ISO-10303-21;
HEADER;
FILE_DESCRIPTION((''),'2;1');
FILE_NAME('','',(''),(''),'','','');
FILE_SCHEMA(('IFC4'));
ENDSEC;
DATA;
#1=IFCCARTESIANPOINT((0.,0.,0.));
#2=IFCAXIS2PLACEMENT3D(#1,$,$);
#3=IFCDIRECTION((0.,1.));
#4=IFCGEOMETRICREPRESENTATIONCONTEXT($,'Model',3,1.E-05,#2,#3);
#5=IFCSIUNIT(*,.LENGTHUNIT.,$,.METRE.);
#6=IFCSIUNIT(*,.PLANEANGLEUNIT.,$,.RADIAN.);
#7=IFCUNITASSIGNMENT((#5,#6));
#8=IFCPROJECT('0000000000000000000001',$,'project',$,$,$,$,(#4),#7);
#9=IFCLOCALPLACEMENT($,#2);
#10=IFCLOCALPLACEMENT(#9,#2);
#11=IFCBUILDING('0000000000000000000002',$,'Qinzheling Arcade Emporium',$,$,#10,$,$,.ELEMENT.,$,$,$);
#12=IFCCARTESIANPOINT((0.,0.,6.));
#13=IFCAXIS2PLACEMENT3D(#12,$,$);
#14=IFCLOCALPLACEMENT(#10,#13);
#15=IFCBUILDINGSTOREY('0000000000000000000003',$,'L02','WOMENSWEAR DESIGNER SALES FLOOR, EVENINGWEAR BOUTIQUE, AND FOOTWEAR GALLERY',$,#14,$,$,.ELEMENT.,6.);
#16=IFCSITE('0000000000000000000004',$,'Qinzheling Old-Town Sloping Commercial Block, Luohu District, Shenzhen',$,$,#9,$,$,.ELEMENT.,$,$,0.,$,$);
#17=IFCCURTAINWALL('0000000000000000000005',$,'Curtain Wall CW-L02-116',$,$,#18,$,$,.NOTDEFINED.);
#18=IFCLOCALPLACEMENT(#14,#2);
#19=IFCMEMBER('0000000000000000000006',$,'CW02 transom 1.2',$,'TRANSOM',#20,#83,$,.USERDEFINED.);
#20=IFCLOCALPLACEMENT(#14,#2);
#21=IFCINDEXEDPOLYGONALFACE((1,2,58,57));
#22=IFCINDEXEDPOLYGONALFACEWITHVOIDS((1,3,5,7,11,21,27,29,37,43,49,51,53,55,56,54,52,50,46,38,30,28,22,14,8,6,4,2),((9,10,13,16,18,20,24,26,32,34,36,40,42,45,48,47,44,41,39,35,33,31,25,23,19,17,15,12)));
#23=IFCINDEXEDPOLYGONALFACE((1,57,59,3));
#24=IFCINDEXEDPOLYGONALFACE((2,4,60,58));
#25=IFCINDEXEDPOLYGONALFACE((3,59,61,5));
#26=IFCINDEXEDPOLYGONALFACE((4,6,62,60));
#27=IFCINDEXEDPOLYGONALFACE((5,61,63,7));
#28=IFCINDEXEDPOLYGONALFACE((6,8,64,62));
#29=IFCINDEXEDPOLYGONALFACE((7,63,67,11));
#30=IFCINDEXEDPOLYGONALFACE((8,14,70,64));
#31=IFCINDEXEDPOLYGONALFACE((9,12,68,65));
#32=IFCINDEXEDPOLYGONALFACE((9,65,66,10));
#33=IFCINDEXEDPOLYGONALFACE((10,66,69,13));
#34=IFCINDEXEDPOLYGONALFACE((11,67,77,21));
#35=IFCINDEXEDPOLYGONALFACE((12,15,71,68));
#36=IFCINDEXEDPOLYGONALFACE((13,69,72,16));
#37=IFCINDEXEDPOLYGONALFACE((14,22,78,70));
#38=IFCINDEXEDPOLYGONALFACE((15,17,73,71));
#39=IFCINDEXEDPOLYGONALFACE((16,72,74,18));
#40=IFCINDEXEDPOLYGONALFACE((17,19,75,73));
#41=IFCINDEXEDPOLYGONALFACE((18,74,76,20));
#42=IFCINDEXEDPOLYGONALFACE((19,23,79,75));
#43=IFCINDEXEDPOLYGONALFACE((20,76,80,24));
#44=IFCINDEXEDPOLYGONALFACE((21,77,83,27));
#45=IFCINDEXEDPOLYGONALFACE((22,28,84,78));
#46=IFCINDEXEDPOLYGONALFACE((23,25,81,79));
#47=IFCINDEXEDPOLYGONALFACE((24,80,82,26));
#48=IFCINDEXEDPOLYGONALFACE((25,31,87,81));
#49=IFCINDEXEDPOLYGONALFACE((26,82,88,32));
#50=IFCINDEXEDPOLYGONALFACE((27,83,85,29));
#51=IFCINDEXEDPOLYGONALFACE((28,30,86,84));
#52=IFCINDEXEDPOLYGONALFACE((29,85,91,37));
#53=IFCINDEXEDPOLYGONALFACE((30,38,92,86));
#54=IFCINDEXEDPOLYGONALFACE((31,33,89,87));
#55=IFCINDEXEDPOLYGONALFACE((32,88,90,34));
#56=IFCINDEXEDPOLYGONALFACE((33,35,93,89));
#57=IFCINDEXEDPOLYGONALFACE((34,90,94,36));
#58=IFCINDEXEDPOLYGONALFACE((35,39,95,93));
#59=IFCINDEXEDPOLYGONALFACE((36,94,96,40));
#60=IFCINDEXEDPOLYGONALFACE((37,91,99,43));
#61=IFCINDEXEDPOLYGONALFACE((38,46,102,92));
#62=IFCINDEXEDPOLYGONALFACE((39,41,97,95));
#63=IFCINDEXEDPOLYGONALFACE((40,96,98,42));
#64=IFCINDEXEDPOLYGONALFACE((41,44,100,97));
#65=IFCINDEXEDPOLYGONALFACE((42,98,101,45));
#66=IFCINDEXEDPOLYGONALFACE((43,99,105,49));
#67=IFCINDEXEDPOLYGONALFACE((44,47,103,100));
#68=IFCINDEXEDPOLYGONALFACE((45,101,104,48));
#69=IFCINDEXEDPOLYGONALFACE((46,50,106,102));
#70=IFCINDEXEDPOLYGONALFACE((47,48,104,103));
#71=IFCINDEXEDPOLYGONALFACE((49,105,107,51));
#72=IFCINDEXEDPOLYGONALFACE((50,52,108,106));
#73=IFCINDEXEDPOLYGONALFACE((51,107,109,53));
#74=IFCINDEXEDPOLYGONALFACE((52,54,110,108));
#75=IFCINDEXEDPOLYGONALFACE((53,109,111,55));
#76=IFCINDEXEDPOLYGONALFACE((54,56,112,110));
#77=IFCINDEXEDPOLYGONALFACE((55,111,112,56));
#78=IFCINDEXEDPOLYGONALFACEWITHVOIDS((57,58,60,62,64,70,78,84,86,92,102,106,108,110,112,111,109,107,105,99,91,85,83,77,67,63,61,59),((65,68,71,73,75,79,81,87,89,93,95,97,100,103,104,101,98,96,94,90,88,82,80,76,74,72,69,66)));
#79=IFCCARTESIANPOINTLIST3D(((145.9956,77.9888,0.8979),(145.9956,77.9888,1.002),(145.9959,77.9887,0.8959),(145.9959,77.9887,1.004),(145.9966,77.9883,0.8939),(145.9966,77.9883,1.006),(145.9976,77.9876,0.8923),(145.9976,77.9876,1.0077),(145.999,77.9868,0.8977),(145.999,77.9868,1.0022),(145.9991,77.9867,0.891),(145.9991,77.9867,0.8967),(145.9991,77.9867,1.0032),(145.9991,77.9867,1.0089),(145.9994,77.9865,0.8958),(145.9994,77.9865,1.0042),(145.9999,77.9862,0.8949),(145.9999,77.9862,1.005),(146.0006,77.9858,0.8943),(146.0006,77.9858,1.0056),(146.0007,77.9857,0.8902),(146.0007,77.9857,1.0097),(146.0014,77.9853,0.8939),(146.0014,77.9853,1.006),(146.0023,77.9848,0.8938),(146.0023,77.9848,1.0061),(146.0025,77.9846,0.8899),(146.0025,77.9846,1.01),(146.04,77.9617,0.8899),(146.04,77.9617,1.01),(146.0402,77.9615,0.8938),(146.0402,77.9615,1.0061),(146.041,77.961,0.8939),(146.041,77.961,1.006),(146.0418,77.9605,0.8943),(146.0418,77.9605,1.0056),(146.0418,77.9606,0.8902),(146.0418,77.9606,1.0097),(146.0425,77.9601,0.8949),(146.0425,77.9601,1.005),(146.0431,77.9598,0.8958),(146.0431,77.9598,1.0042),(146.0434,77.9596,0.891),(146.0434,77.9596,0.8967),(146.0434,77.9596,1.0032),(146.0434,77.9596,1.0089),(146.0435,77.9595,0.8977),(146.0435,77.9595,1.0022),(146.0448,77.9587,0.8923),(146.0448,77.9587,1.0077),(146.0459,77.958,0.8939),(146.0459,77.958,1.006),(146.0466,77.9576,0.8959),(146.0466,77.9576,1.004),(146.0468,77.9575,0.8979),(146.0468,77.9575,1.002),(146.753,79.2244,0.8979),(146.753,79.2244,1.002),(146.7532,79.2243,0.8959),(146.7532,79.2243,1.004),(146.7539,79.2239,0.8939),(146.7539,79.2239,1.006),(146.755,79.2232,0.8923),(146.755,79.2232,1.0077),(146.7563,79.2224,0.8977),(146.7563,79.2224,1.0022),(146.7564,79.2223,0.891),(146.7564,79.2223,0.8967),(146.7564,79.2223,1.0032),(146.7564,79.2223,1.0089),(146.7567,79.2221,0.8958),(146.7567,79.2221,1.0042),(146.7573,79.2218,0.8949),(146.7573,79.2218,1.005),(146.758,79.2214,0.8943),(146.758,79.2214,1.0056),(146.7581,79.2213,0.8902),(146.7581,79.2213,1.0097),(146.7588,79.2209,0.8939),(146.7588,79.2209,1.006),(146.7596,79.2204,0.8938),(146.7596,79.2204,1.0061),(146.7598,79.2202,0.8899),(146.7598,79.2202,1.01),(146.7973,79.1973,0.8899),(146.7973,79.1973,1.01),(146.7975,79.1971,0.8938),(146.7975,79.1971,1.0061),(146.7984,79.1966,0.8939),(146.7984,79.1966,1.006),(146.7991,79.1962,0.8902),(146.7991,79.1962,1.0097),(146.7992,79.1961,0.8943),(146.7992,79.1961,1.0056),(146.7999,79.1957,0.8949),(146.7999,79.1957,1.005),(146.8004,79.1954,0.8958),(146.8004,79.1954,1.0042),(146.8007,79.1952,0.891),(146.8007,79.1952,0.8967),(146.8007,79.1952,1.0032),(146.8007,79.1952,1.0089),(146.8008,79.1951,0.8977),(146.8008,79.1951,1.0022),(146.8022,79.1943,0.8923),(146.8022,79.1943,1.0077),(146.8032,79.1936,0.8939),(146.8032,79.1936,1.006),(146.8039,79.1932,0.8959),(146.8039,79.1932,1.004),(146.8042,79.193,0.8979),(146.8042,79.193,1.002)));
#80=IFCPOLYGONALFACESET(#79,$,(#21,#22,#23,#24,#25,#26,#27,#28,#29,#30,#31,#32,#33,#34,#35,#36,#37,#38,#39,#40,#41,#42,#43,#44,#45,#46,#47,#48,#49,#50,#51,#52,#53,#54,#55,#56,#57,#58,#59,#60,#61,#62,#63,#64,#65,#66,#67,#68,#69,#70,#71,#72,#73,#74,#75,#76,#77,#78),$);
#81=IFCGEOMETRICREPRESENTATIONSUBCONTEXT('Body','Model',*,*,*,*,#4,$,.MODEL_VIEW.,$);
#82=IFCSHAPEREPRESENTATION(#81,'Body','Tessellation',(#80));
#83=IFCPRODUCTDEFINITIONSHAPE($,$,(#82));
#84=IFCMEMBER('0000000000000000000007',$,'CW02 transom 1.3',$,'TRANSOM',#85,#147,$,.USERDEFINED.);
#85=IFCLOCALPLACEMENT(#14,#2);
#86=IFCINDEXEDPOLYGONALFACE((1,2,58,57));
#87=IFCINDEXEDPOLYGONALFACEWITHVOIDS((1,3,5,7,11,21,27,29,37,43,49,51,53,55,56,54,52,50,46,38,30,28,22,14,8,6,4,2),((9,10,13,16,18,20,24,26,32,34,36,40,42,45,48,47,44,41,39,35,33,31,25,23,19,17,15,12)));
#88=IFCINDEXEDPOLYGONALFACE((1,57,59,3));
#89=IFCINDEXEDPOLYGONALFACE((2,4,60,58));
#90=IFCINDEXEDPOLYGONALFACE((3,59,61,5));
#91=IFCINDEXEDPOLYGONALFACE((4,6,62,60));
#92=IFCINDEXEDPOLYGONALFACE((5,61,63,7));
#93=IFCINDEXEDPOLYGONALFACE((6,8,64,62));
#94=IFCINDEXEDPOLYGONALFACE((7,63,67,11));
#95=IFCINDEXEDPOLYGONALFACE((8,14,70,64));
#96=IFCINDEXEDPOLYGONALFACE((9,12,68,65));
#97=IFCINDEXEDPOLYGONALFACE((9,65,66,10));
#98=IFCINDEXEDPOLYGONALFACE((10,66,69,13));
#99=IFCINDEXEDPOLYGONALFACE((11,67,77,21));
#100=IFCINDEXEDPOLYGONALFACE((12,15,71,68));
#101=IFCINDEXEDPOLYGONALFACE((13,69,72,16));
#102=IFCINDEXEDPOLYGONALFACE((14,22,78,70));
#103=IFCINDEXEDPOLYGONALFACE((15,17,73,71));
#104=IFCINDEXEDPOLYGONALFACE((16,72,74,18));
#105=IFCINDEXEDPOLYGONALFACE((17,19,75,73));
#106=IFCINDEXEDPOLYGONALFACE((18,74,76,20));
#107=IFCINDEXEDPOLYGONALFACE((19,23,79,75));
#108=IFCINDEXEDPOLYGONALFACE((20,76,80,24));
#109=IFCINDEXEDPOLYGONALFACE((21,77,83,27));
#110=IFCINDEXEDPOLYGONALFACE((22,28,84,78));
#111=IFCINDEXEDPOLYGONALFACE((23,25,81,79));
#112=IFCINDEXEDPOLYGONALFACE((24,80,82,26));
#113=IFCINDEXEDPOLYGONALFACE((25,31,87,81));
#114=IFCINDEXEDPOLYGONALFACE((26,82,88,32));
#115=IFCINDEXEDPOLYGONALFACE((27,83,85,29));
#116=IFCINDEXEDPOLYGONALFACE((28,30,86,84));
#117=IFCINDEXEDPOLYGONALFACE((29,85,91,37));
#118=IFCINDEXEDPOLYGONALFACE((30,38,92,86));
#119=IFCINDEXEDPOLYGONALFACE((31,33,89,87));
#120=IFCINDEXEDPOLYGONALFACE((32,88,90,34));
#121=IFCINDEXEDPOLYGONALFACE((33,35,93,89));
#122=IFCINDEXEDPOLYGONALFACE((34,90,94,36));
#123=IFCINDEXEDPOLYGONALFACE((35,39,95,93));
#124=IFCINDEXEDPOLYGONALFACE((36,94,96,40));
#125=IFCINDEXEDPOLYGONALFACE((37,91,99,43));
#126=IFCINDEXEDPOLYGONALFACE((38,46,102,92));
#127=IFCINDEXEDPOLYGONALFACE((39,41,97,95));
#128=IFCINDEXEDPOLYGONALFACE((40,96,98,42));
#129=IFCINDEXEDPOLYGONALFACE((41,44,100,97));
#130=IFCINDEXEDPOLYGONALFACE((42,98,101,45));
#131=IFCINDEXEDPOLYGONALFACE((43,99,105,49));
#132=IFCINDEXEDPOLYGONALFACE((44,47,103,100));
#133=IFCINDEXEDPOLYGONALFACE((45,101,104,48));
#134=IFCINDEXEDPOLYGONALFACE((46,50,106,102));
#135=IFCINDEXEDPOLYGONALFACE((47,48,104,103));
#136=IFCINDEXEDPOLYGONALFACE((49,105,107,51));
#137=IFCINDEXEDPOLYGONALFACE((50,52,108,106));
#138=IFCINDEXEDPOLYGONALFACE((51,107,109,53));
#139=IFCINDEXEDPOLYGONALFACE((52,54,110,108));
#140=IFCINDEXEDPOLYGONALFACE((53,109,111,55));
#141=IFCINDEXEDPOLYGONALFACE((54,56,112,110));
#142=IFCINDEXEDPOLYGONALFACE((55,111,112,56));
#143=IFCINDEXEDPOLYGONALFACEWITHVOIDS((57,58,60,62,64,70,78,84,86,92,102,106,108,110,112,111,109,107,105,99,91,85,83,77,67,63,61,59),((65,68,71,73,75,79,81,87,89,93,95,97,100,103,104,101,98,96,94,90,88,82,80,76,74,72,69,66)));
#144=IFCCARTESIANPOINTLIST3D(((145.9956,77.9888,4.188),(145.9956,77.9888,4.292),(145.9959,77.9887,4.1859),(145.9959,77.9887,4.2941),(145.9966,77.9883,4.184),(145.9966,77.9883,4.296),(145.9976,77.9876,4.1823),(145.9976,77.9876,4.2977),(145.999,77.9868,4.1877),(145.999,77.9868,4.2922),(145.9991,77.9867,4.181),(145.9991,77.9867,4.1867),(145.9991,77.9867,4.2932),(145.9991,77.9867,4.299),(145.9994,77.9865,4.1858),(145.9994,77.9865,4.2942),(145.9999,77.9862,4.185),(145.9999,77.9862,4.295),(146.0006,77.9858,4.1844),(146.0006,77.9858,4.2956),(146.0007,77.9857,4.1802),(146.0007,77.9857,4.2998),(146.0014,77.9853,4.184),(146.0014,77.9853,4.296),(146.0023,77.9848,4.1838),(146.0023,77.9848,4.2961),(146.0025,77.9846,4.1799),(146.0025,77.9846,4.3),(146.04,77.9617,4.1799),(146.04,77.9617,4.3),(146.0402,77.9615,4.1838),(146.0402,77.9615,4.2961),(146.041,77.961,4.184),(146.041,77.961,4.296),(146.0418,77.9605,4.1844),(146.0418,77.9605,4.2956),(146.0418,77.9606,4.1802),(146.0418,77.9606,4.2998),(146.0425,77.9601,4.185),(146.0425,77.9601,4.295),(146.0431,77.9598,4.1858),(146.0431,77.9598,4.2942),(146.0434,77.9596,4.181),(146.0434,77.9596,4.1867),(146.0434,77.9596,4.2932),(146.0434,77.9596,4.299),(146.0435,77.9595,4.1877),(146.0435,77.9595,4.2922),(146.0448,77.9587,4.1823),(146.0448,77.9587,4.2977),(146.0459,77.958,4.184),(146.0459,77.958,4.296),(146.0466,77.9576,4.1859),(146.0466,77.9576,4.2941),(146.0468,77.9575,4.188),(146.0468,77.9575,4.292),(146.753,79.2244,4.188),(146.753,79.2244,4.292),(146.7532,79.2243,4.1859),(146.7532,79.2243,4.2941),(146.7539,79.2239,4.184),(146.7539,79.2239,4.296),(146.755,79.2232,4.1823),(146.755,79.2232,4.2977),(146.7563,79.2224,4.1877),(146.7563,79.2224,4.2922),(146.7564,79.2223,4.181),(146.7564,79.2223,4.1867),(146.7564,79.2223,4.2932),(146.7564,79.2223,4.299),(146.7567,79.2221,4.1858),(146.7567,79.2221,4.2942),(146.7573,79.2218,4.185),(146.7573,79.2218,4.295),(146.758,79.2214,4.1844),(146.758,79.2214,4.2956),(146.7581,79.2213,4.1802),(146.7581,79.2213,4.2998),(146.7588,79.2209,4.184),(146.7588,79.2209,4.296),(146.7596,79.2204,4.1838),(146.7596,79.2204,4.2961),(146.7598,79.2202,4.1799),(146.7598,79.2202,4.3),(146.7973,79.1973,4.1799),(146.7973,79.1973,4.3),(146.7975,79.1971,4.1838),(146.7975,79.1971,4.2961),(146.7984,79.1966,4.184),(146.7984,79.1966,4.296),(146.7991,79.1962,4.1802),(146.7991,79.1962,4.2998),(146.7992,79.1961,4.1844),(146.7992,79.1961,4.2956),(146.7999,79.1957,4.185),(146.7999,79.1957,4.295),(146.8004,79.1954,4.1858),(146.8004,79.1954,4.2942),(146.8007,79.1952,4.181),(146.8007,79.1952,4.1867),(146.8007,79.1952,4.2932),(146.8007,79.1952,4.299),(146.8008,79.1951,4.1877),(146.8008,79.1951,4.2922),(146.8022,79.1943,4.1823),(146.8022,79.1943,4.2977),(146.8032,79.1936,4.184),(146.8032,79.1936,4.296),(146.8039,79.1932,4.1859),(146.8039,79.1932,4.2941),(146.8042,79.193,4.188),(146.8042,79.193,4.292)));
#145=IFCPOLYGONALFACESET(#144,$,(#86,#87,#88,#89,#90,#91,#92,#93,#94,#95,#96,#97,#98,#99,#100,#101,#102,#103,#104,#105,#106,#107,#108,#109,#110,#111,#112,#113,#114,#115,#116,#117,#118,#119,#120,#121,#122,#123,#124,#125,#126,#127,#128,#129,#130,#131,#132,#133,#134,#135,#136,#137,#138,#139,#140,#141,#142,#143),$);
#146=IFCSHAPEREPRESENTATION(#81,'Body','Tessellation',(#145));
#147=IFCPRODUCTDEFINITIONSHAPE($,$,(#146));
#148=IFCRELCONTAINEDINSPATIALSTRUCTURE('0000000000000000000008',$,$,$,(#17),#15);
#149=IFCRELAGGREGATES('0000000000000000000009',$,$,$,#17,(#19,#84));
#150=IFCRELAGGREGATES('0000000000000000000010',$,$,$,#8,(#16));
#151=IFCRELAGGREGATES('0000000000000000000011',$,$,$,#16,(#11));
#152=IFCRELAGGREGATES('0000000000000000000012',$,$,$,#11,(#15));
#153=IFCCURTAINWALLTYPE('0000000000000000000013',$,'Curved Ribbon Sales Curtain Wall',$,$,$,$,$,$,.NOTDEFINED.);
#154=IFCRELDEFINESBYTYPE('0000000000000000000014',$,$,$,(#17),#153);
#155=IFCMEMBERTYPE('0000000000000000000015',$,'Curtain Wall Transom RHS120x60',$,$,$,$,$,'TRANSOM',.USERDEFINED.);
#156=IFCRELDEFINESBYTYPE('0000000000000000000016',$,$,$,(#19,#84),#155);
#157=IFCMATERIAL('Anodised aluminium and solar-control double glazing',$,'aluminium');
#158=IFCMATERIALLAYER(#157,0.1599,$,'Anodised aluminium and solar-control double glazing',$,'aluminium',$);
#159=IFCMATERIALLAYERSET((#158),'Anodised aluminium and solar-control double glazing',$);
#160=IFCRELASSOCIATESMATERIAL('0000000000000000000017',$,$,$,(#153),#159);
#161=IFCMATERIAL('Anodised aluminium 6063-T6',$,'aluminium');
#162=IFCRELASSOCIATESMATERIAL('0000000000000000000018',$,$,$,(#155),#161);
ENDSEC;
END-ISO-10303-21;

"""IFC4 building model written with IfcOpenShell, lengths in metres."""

from ifc_helpers import new_model, si_unit, direction, frame, origin, origin_2d, place, context, subcontext, project, spatial, hollow_rectangle, extrude, material, layer, layer_set, material_profile, profile_set, type_object, element, aggregate, save


model = new_model("IFC4")

# Units and contexts
model_context = context("Model", 3, precision=1e-05, world=origin(), true_north=direction((0.0, 1.0)))
body_context = subcontext(model_context, "Body", "Model", "MODEL_VIEW")
ifc_project = project(units=[si_unit("LENGTHUNIT", "METRE"), si_unit("PLANEANGLEUNIT", "RADIAN")], contexts=[model_context])

# Site, building, storey
site_placement = place(None, origin())
site = spatial("IfcSite", under=ifc_project, at=site_placement, Name="Qinzheling Old-Town Sloping Commercial Block, Luohu District, Shenzhen", CompositionType="ELEMENT", RefElevation=0.0)
building_placement = place(site_placement, origin())
building = spatial("IfcBuilding", under=site, at=building_placement, Name="Qinzheling Arcade Emporium", CompositionType="ELEMENT")
storey_placement = place(building_placement, frame((0.0, 0.0, 6.0)))
storey = spatial("IfcBuildingStorey", under=building, at=storey_placement, Name="L02", Description="WOMENSWEAR DESIGNER SALES FLOOR, EVENINGWEAR BOUTIQUE, AND FOOTWEAR GALLERY", CompositionType="ELEMENT", Elevation=6.0)

# Shared definitions
ifc_material_1 = material(Name="Anodised aluminium and solar-control double glazing", Category="aluminium")
ifc_layer_1 = layer(ifc_material_1, 0.1599, Name="Anodised aluminium and solar-control double glazing", Category="aluminium")
ifc_layer_set_1 = layer_set([ifc_layer_1], Name="Anodised aluminium and solar-control double glazing")
curtain_wall_type = type_object("IfcCurtainWallType", Name="Curved Ribbon Sales Curtain Wall", PredefinedType="NOTDEFINED", material=ifc_layer_set_1)
ifc_material_2 = material(Name="Anodised aluminium 6063-T6", Category="aluminium")

# Curtain wall
curtain_wall_1_placement = place(storey_placement, origin())
curtain_wall_1 = element("IfcCurtainWall", 1, at=curtain_wall_1_placement, inside=storey, type_object=curtain_wall_type, Name="Curtain Wall CW-L02-116", PredefinedType="NOTDEFINED")

# Members
ifc_material_profile_1 = material_profile(ifc_material_2, hollow_rectangle(XDim=0.0601, YDim=0.1201, WallThickness=0.0039, InnerFilletRadius=0.0039, OuterFilletRadius=0.0081, at=origin_2d()), Name="RHS 120x60x4", Category="aluminium")
ifc_profile_set_1 = profile_set([ifc_material_profile_1], Name="Anodised aluminium 6063-T6")
member_type_1 = type_object("IfcMemberType", Name="Curtain Wall Transom RHS120x60", ElementType="TRANSOM", PredefinedType="USERDEFINED", material=ifc_profile_set_1)
member_1_placement = place(storey_placement, frame((146.7786, 79.2087, 0.95), z_axis=(-0.522574, -0.852594, 0.0), x_axis=(0.852594, -0.522574, 0.0)))
member_1 = element("IfcMember", 2, at=member_1_placement, type_object=member_type_1, Name="CW02 transom 1.2", ObjectType="TRANSOM", PredefinedType="USERDEFINED", context=body_context, shape_type="SweptSolid", body=[
    extrude(hollow_rectangle(XDim=0.0601, YDim=0.1201, WallThickness=0.0039, InnerFilletRadius=0.0039, OuterFilletRadius=0.0081, at=origin_2d()), origin(), (0.0, 0.0, 1.0), 1.4492),
])
member_2_placement = place(storey_placement, frame((146.7786, 79.2087, 4.24), z_axis=(-0.522574, -0.852594, 0.0), x_axis=(0.852594, -0.522574, 0.0)))
member_2 = element("IfcMember", 3, at=member_2_placement, type_object=member_type_1, Name="CW02 transom 1.3", ObjectType="TRANSOM", PredefinedType="USERDEFINED", context=body_context, shape_type="SweptSolid", body=[
    extrude(hollow_rectangle(XDim=0.0601, YDim=0.1201, WallThickness=0.0039, InnerFilletRadius=0.0039, OuterFilletRadius=0.0081, at=origin_2d()), origin(), (0.0, 0.0, 1.0), 1.4492),
])

aggregate(curtain_wall_1, [member_1, member_2])

save(model, "model.ifc")
